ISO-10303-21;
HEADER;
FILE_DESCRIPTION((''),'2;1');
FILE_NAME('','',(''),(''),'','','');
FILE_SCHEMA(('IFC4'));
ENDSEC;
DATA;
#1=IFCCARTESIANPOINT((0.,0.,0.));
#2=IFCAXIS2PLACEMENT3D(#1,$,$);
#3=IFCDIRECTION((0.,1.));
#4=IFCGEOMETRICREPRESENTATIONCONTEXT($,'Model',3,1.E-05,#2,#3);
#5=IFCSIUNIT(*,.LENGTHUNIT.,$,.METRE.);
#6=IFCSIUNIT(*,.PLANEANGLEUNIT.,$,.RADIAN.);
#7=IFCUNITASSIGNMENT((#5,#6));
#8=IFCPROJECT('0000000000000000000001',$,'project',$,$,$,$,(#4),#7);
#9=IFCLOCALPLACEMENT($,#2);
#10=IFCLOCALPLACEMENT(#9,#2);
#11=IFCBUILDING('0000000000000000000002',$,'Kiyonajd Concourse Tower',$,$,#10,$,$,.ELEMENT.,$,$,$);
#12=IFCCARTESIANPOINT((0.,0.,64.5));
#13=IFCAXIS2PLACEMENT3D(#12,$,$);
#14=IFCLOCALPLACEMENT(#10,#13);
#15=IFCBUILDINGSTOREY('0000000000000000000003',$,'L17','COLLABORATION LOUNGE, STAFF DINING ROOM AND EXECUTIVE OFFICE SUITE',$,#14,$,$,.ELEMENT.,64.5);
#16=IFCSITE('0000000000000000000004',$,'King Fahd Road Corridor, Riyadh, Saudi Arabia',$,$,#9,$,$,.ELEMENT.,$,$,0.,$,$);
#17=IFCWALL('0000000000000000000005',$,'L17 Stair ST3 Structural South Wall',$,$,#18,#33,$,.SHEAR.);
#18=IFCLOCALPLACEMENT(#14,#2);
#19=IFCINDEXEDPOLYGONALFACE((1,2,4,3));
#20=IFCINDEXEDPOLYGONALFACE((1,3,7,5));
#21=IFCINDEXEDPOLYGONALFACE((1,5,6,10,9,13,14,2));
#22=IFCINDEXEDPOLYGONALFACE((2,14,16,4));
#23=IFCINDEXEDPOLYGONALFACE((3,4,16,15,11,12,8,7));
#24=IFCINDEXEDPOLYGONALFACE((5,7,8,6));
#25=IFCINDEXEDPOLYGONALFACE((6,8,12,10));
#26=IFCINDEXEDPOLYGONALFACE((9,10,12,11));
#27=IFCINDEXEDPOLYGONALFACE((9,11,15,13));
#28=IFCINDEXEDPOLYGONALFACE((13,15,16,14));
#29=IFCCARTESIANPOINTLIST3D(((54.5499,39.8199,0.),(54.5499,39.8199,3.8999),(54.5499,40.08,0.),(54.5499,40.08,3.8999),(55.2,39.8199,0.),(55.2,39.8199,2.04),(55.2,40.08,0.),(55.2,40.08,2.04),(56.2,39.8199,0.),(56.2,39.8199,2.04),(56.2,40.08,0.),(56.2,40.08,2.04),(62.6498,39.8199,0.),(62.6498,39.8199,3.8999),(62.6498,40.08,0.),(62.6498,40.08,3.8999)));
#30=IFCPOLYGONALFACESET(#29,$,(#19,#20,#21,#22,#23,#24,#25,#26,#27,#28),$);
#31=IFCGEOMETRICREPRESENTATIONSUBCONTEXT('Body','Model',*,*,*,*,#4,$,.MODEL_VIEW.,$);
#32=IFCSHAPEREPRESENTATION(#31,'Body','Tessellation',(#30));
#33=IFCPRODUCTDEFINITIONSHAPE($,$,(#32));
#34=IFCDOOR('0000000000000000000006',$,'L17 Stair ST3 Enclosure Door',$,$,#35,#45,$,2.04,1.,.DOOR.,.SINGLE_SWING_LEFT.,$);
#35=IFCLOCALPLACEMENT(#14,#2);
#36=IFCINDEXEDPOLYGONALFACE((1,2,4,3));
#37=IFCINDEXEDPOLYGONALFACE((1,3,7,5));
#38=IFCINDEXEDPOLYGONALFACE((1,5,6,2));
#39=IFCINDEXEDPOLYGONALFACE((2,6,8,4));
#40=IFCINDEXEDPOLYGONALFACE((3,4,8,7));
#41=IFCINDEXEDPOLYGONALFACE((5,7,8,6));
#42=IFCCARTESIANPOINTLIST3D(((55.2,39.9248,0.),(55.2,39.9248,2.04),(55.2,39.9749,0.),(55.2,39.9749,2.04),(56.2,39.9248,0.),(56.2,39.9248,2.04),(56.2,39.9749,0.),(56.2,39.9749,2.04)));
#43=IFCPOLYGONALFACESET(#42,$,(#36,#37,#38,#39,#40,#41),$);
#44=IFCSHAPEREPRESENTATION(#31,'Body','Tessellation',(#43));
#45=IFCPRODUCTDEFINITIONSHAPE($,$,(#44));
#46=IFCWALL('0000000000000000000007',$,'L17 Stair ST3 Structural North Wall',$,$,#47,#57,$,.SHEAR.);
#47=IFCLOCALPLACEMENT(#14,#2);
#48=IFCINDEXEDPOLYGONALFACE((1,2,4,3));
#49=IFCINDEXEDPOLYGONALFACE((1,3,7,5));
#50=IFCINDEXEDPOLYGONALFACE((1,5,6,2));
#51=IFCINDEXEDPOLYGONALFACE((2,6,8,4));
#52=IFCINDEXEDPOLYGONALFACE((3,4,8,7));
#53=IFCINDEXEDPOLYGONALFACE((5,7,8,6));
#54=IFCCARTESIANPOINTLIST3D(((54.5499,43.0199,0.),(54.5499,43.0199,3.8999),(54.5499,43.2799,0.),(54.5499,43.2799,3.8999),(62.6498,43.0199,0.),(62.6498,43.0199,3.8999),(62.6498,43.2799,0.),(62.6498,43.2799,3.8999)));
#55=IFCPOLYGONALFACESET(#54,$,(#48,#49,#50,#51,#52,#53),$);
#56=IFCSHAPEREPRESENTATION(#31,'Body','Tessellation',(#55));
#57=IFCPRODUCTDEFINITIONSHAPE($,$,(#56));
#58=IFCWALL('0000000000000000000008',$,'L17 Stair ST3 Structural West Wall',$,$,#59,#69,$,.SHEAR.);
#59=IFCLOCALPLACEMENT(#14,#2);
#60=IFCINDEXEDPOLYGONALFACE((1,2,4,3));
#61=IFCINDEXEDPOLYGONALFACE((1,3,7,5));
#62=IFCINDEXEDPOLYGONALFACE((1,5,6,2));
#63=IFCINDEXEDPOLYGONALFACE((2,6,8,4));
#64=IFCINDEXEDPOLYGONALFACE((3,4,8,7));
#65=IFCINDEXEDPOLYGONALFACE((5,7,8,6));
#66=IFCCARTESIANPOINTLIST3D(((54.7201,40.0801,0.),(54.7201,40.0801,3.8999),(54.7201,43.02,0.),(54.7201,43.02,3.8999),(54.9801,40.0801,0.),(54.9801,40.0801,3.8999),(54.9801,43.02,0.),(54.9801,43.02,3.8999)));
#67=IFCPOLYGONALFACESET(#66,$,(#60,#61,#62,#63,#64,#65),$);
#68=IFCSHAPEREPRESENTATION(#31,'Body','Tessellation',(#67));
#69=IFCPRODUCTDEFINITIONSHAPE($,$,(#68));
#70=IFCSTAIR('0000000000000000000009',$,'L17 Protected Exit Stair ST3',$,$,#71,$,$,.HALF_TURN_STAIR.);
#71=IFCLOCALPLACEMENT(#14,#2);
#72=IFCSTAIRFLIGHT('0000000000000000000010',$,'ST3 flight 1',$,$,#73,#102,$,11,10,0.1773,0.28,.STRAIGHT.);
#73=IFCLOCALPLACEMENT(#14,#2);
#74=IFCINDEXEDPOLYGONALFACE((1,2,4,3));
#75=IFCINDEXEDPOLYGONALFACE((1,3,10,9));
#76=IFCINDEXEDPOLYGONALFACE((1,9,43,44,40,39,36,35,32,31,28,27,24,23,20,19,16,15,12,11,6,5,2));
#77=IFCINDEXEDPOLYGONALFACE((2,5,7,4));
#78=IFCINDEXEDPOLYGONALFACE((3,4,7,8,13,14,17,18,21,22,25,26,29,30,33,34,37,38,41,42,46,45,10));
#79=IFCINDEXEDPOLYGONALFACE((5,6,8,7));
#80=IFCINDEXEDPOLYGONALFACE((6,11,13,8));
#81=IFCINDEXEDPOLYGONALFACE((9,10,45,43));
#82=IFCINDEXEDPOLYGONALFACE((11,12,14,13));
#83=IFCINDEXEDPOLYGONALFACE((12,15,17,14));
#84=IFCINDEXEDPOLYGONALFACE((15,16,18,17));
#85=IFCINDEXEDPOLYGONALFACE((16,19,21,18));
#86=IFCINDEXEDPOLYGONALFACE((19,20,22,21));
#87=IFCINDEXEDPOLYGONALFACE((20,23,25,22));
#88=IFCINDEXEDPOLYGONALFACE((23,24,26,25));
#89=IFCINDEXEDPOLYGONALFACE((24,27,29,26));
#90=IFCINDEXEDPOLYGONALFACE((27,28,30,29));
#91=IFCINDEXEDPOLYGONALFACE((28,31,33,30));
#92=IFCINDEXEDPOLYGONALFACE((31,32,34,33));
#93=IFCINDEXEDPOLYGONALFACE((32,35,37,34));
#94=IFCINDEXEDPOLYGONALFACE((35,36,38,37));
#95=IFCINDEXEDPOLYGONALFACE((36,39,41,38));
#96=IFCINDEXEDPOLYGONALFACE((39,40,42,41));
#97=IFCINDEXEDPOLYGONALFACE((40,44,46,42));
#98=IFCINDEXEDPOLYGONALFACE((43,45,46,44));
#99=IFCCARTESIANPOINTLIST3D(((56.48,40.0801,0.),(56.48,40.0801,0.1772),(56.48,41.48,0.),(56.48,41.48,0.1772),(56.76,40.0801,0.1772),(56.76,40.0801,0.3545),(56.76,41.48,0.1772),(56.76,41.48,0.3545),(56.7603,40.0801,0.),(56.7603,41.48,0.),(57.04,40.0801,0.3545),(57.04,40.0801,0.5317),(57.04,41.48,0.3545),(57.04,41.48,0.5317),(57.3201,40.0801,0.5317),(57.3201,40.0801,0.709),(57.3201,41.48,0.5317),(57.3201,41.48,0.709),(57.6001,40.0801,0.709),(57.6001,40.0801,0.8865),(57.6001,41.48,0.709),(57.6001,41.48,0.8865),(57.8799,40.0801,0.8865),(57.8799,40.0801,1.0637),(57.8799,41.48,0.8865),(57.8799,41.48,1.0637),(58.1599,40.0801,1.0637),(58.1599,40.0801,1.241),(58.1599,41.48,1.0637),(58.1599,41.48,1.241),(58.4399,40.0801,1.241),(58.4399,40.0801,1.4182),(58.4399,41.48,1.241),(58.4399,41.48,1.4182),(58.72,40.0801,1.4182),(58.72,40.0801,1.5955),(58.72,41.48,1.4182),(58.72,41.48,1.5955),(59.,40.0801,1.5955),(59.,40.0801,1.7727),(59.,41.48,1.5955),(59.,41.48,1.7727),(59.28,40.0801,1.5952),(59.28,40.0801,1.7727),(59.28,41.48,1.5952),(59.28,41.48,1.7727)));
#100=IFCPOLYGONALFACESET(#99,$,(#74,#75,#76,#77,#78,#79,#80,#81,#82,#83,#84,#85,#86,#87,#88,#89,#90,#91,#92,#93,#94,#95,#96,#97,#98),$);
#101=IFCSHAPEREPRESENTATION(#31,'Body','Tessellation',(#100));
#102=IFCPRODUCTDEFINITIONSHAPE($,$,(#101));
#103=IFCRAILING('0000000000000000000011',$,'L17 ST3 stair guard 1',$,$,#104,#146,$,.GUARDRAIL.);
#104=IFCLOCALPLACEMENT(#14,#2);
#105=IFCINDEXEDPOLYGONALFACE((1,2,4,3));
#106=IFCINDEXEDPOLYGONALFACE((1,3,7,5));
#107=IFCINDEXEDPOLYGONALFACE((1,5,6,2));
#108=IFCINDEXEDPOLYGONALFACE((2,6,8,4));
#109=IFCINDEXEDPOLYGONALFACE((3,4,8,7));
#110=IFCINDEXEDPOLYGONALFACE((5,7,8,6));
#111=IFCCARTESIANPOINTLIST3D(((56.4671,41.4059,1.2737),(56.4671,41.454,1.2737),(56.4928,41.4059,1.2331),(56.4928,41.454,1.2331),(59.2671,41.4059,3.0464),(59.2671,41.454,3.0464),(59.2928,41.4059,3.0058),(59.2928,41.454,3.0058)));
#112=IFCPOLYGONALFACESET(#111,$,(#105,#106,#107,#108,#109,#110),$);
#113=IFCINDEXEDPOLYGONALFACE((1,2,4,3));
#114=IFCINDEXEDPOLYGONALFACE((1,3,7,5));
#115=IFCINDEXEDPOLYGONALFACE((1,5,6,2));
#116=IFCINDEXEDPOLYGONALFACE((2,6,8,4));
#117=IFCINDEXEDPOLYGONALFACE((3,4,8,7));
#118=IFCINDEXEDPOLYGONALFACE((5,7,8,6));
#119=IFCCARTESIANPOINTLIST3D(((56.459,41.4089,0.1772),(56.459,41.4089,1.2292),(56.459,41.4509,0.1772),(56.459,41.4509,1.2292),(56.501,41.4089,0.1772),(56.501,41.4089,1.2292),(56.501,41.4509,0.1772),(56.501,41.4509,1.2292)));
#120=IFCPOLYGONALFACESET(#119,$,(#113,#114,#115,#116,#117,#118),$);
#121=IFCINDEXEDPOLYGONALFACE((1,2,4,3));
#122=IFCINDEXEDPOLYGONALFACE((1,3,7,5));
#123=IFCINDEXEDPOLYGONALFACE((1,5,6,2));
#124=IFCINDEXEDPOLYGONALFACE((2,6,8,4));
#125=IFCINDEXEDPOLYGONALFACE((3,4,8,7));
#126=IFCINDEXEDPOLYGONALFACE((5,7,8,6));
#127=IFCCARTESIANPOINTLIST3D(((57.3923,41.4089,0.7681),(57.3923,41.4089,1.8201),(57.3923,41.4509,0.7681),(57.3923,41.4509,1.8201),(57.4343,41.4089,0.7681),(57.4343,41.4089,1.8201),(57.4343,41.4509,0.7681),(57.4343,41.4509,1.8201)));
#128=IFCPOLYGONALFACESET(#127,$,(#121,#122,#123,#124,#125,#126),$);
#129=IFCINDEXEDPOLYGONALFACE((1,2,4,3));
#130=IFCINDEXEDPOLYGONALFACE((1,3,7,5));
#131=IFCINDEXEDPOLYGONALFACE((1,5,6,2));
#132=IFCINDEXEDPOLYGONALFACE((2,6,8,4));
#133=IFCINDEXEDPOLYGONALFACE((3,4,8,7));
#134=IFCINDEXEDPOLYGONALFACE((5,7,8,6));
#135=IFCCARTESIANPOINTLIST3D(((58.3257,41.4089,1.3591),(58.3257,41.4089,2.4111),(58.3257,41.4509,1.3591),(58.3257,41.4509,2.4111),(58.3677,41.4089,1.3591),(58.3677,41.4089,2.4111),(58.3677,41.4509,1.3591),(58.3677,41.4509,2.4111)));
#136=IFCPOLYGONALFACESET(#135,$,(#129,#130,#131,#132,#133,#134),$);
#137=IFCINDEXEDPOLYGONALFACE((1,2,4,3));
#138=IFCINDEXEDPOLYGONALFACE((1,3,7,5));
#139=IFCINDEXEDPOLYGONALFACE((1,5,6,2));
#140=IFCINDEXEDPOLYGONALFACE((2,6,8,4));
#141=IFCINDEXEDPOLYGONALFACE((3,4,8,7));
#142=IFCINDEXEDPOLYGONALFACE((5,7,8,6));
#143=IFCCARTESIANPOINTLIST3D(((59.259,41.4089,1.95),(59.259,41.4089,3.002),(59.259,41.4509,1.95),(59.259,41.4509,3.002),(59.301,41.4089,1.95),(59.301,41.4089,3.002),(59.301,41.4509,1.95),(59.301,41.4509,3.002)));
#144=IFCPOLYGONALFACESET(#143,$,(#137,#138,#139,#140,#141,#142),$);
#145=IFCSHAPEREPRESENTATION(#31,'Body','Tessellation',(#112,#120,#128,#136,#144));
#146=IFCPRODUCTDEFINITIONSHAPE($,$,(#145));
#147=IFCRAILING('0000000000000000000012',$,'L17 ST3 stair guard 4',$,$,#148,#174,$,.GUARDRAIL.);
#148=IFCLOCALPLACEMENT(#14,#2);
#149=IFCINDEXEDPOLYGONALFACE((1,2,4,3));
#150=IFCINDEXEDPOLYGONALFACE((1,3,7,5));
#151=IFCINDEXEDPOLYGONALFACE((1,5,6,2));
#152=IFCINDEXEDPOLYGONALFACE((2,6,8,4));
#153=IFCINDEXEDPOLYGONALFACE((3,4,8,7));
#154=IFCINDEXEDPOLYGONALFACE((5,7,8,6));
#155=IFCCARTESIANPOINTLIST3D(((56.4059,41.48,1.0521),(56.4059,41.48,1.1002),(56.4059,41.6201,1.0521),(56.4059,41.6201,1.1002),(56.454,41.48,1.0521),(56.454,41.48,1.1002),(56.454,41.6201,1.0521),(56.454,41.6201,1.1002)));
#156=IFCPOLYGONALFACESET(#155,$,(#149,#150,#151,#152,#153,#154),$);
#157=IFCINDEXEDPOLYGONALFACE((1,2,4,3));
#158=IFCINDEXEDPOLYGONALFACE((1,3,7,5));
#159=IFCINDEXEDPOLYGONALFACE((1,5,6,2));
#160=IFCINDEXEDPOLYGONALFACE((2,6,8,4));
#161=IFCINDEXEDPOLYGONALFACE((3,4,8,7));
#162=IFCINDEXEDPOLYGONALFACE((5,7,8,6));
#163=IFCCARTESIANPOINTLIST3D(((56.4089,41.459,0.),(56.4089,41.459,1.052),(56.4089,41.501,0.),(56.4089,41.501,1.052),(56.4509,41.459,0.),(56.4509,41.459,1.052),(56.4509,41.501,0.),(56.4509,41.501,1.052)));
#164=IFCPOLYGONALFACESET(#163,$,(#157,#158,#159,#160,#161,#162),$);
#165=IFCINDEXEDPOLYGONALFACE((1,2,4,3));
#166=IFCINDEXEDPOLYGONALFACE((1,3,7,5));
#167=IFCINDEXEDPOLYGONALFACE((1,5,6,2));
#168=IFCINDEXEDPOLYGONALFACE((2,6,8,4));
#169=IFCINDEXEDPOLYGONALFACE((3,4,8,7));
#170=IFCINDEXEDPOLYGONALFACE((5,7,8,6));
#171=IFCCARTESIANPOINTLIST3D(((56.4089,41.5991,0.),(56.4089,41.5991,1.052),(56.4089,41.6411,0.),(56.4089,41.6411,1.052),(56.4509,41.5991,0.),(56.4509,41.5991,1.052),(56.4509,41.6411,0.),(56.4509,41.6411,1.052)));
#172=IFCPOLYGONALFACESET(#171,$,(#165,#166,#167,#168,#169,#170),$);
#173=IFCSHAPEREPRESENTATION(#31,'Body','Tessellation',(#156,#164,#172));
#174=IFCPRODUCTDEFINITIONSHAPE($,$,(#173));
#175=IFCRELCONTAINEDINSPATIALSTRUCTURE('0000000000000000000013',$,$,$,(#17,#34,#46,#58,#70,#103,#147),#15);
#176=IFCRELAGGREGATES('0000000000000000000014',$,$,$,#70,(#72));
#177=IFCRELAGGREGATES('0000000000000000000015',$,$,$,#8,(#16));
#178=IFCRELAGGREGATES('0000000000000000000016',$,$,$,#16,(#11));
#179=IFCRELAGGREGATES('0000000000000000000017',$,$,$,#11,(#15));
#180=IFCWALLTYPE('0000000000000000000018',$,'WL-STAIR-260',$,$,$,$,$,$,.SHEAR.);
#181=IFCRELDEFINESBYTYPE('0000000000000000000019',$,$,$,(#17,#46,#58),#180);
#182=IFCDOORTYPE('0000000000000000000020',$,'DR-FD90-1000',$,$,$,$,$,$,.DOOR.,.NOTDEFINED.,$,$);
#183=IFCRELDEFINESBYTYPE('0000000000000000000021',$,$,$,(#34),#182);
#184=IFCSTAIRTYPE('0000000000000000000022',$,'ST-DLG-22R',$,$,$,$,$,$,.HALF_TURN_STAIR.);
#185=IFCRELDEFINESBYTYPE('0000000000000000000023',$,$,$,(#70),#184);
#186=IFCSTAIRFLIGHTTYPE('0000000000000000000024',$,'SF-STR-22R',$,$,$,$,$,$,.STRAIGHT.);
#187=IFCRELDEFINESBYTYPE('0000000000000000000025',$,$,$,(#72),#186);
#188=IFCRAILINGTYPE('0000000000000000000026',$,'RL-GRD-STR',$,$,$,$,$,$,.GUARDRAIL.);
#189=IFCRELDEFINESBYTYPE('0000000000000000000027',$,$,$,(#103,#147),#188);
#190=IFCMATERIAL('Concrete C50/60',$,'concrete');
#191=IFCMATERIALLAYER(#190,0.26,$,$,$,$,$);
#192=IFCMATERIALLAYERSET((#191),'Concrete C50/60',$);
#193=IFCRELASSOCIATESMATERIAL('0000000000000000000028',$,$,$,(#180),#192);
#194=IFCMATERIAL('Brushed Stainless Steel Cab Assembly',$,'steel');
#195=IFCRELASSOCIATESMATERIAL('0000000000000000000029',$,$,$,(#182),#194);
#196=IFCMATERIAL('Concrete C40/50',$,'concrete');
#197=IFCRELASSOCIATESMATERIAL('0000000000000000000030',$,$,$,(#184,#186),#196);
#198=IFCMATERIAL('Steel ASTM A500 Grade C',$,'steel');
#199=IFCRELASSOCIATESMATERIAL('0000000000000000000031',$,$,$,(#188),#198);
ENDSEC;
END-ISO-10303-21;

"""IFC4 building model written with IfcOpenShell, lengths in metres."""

from ifc_helpers import new_model, si_unit, direction, frame, frame_2d, origin, origin_2d, place, context, subcontext, project, spatial, polyline, rectangle, outline, extrude, material, layer, layer_set, type_object, element, fill, aggregate, save


model = new_model("IFC4")

# Units and contexts
model_context = context("Model", 3, precision=1e-05, world=origin(), true_north=direction((0.0, 1.0)))
body_context = subcontext(model_context, "Body", "Model", "MODEL_VIEW")
ifc_project = project(units=[si_unit("LENGTHUNIT", "METRE"), si_unit("PLANEANGLEUNIT", "RADIAN")], contexts=[model_context])

# Site, building, storey
site_placement = place(None, origin())
site = spatial("IfcSite", under=ifc_project, at=site_placement, Name="King Fahd Road Corridor, Riyadh, Saudi Arabia", CompositionType="ELEMENT", RefElevation=0.0)
building_placement = place(site_placement, origin())
building = spatial("IfcBuilding", under=site, at=building_placement, Name="Kiyonajd Concourse Tower", CompositionType="ELEMENT")
storey_placement = place(building_placement, frame((0.0, 0.0, 64.5)))
storey = spatial("IfcBuildingStorey", under=building, at=storey_placement, Name="L17", Description="COLLABORATION LOUNGE, STAFF DINING ROOM AND EXECUTIVE OFFICE SUITE", CompositionType="ELEMENT", Elevation=64.5)

# Shared definitions
ifc_material_1 = material(Name="Concrete C50/60", Category="concrete")

# Shared definitions
ifc_layer_1 = layer(ifc_material_1, 0.26)
ifc_layer_set_1 = layer_set([ifc_layer_1], Name="Concrete C50/60")
wall_type_1 = type_object("IfcWallType", Name="WL-STAIR-260", PredefinedType="SHEAR", material=ifc_layer_set_1)

# Wall, opening, door
wall_1_placement = place(storey_placement, frame((54.55, 39.95, 0.0), z_axis=(0.0, 0.0, 1.0), x_axis=(1.0, 0.0, 0.0)))
wall_1 = element("IfcWall", 1, at=wall_1_placement, inside=storey, type_object=wall_type_1, Name="L17 Stair ST3 Structural South Wall", PredefinedType="SHEAR", context=body_context, shape_type="SweptSolid", body=[
    extrude(rectangle(XDim=8.0999, YDim=0.26, at=frame_2d((4.0498, 0.0))), origin(), (0.0, 0.0, 1.0), 3.8999),
])
opening_1_placement = place(wall_1_placement, frame((0.6499, 0.0, 0.0)))
opening_1 = element("IfcOpeningElement", 2, at=opening_1_placement, cuts=wall_1, PredefinedType="OPENING", context=body_context, shape_type="SweptSolid", body=[
    extrude(rectangle(XDim=1.0, YDim=2.04, at=frame_2d((0.5, 1.02))), frame((0.0, 0.1399, 0.0), z_axis=(0.0, -1.0, 0.0), x_axis=(1.0, 0.0, 0.0)), (0.0, 0.0, 1.0), 0.28),
])
ifc_material_2 = material(Name="Brushed Stainless Steel Cab Assembly", Category="steel")
door_type_1 = type_object("IfcDoorType", Name="DR-FD90-1000", OperationType="NOTDEFINED", PredefinedType="DOOR", material=ifc_material_2)
door_1_placement = place(opening_1_placement, origin())
door_1 = element("IfcDoor", 3, at=door_1_placement, inside=storey, type_object=door_type_1, Name="L17 Stair ST3 Enclosure Door", OperationType="SINGLE_SWING_LEFT", OverallHeight=2.04, OverallWidth=1.0, PredefinedType="DOOR", context=body_context, shape_type="SweptSolid", body=[
    extrude(rectangle(XDim=1.0, YDim=2.04, at=frame_2d((0.5, 1.02))), frame((0.0, 0.0249, 0.0), z_axis=(0.0, -1.0, 0.0), x_axis=(1.0, 0.0, 0.0)), (0.0, 0.0, 1.0), 0.05),
])
fill(opening_1, door_1)

# Walls
wall_2_placement = place(storey_placement, frame((54.55, 43.1499, 0.0), z_axis=(0.0, 0.0, 1.0), x_axis=(1.0, 0.0, 0.0)))
element("IfcWall", 4, at=wall_2_placement, inside=storey, type_object=wall_type_1, Name="L17 Stair ST3 Structural North Wall", PredefinedType="SHEAR", context=body_context, shape_type="SweptSolid", body=[
    extrude(rectangle(XDim=8.0999, YDim=0.26, at=frame_2d((4.0498, 0.0))), origin(), (0.0, 0.0, 1.0), 3.8999),
])
wall_3_placement = place(storey_placement, frame((54.8501, 40.0801, 0.0), z_axis=(0.0, 0.0, 1.0), x_axis=(0.0, 1.0, 0.0)))
element("IfcWall", 5, at=wall_3_placement, inside=storey, type_object=wall_type_1, Name="L17 Stair ST3 Structural West Wall", PredefinedType="SHEAR", context=body_context, shape_type="SweptSolid", body=[
    extrude(rectangle(XDim=2.9399, YDim=0.26, at=frame_2d((1.47, 0.0))), origin(), (0.0, 0.0, 1.0), 3.8999),
])

# Stair, stair flight
ifc_material_3 = material(Name="Concrete C40/50", Category="concrete")
stair_type = type_object("IfcStairType", Name="ST-DLG-22R", PredefinedType="HALF_TURN_STAIR", material=ifc_material_3)
stair_placement = place(storey_placement, origin())
stair = element("IfcStair", 6, at=stair_placement, inside=storey, type_object=stair_type, Name="L17 Protected Exit Stair ST3", PredefinedType="HALF_TURN_STAIR")
stair_flight_type = type_object("IfcStairFlightType", Name="SF-STR-22R", PredefinedType="STRAIGHT", material=ifc_material_3)
stair_flight_placement = place(storey_placement, frame((56.48, 40.78, 0.0), z_axis=(0.0, 0.0, 1.0), x_axis=(1.0, 0.0, 0.0)))
stair_flight = element("IfcStairFlight", 7, at=stair_flight_placement, type_object=stair_flight_type, Name="ST3 flight 1", NumberOfRisers=11, NumberOfTreads=10, PredefinedType="STRAIGHT", RiserHeight=0.1773, TreadLength=0.28, context=body_context, shape_type="SweptSolid", body=[
    extrude(outline(polyline([(0.0, 0.0), (0.0, 0.1772), (0.28, 0.1772), (0.28, 0.3545), (0.5601, 0.3545), (0.5601, 0.5317), (0.8401, 0.5317), (0.8401, 0.709), (1.1201, 0.709), (1.1201, 0.8865), (1.3999, 0.8865), (1.3999, 1.0637), (1.6799, 1.0637), (1.6799, 1.241), (1.96, 1.241), (1.96, 1.4182), (2.24, 1.4182), (2.24, 1.5955), (2.52, 1.5955), (2.52, 1.7727), (2.8, 1.7727), (2.8, 1.95), (2.8, 1.5952), (0.2803, 0.0), (0.0, 0.0)])), frame((0.0, 0.7, 0.0), z_axis=(0.0, -1.0, 0.0), x_axis=(1.0, 0.0, 0.0)), (0.0, 0.0, 1.0), 1.3999),
])
aggregate(stair, [stair_flight])

# Railings
ifc_material_4 = material(Name="Steel ASTM A500 Grade C", Category="steel")
railing_type_1 = type_object("IfcRailingType", Name="RL-GRD-STR", PredefinedType="GUARDRAIL", material=ifc_material_4)
railing_1_placement = place(storey_placement, frame((56.48, 41.4299, 0.1772)))
element("IfcRailing", 8, at=railing_1_placement, inside=storey, type_object=railing_type_1, Name="L17 ST3 stair guard 1", PredefinedType="GUARDRAIL", context=body_context, shape_type="SweptSolid", body=[
    extrude(rectangle(XDim=0.0481, YDim=0.0481, at=origin_2d()), frame((0.0, 0.0, 1.0762), z_axis=(0.844909, 0.0, 0.53491), x_axis=(0.0, 1.0, 0.0)), (0.0, 0.0, 1.0), 3.314),
    extrude(rectangle(XDim=0.042, YDim=0.042, at=origin_2d()), origin(), (0.0, 0.0, 1.0), 1.052),
    extrude(rectangle(XDim=0.042, YDim=0.042, at=origin_2d()), frame((0.9333, 0.0, 0.5908)), (0.0, 0.0, 1.0), 1.052),
    extrude(rectangle(XDim=0.042, YDim=0.042, at=origin_2d()), frame((1.8667, 0.0, 1.1819)), (0.0, 0.0, 1.0), 1.052),
    extrude(rectangle(XDim=0.042, YDim=0.042, at=origin_2d()), frame((2.8, 0.0, 1.7727)), (0.0, 0.0, 1.0), 1.052),
])
railing_2_placement = place(storey_placement, frame((56.4299, 41.48, 0.0)))
element("IfcRailing", 9, at=railing_2_placement, inside=storey, type_object=railing_type_1, Name="L17 ST3 stair guard 4", PredefinedType="GUARDRAIL", context=body_context, shape_type="SweptSolid", body=[
    extrude(rectangle(XDim=0.0481, YDim=0.0481, at=origin_2d()), frame((0.0, 0.0, 1.0762), z_axis=(0.0, 1.0, 0.0), x_axis=(-1.0, 0.0, 0.0)), (0.0, 0.0, 1.0), 0.1401),
    extrude(rectangle(XDim=0.042, YDim=0.042, at=origin_2d()), origin(), (0.0, 0.0, 1.0), 1.052),
    extrude(rectangle(XDim=0.042, YDim=0.042, at=origin_2d()), frame((0.0, 0.1401, 0.0)), (0.0, 0.0, 1.0), 1.052),
])

save(model, "model.ifc")
